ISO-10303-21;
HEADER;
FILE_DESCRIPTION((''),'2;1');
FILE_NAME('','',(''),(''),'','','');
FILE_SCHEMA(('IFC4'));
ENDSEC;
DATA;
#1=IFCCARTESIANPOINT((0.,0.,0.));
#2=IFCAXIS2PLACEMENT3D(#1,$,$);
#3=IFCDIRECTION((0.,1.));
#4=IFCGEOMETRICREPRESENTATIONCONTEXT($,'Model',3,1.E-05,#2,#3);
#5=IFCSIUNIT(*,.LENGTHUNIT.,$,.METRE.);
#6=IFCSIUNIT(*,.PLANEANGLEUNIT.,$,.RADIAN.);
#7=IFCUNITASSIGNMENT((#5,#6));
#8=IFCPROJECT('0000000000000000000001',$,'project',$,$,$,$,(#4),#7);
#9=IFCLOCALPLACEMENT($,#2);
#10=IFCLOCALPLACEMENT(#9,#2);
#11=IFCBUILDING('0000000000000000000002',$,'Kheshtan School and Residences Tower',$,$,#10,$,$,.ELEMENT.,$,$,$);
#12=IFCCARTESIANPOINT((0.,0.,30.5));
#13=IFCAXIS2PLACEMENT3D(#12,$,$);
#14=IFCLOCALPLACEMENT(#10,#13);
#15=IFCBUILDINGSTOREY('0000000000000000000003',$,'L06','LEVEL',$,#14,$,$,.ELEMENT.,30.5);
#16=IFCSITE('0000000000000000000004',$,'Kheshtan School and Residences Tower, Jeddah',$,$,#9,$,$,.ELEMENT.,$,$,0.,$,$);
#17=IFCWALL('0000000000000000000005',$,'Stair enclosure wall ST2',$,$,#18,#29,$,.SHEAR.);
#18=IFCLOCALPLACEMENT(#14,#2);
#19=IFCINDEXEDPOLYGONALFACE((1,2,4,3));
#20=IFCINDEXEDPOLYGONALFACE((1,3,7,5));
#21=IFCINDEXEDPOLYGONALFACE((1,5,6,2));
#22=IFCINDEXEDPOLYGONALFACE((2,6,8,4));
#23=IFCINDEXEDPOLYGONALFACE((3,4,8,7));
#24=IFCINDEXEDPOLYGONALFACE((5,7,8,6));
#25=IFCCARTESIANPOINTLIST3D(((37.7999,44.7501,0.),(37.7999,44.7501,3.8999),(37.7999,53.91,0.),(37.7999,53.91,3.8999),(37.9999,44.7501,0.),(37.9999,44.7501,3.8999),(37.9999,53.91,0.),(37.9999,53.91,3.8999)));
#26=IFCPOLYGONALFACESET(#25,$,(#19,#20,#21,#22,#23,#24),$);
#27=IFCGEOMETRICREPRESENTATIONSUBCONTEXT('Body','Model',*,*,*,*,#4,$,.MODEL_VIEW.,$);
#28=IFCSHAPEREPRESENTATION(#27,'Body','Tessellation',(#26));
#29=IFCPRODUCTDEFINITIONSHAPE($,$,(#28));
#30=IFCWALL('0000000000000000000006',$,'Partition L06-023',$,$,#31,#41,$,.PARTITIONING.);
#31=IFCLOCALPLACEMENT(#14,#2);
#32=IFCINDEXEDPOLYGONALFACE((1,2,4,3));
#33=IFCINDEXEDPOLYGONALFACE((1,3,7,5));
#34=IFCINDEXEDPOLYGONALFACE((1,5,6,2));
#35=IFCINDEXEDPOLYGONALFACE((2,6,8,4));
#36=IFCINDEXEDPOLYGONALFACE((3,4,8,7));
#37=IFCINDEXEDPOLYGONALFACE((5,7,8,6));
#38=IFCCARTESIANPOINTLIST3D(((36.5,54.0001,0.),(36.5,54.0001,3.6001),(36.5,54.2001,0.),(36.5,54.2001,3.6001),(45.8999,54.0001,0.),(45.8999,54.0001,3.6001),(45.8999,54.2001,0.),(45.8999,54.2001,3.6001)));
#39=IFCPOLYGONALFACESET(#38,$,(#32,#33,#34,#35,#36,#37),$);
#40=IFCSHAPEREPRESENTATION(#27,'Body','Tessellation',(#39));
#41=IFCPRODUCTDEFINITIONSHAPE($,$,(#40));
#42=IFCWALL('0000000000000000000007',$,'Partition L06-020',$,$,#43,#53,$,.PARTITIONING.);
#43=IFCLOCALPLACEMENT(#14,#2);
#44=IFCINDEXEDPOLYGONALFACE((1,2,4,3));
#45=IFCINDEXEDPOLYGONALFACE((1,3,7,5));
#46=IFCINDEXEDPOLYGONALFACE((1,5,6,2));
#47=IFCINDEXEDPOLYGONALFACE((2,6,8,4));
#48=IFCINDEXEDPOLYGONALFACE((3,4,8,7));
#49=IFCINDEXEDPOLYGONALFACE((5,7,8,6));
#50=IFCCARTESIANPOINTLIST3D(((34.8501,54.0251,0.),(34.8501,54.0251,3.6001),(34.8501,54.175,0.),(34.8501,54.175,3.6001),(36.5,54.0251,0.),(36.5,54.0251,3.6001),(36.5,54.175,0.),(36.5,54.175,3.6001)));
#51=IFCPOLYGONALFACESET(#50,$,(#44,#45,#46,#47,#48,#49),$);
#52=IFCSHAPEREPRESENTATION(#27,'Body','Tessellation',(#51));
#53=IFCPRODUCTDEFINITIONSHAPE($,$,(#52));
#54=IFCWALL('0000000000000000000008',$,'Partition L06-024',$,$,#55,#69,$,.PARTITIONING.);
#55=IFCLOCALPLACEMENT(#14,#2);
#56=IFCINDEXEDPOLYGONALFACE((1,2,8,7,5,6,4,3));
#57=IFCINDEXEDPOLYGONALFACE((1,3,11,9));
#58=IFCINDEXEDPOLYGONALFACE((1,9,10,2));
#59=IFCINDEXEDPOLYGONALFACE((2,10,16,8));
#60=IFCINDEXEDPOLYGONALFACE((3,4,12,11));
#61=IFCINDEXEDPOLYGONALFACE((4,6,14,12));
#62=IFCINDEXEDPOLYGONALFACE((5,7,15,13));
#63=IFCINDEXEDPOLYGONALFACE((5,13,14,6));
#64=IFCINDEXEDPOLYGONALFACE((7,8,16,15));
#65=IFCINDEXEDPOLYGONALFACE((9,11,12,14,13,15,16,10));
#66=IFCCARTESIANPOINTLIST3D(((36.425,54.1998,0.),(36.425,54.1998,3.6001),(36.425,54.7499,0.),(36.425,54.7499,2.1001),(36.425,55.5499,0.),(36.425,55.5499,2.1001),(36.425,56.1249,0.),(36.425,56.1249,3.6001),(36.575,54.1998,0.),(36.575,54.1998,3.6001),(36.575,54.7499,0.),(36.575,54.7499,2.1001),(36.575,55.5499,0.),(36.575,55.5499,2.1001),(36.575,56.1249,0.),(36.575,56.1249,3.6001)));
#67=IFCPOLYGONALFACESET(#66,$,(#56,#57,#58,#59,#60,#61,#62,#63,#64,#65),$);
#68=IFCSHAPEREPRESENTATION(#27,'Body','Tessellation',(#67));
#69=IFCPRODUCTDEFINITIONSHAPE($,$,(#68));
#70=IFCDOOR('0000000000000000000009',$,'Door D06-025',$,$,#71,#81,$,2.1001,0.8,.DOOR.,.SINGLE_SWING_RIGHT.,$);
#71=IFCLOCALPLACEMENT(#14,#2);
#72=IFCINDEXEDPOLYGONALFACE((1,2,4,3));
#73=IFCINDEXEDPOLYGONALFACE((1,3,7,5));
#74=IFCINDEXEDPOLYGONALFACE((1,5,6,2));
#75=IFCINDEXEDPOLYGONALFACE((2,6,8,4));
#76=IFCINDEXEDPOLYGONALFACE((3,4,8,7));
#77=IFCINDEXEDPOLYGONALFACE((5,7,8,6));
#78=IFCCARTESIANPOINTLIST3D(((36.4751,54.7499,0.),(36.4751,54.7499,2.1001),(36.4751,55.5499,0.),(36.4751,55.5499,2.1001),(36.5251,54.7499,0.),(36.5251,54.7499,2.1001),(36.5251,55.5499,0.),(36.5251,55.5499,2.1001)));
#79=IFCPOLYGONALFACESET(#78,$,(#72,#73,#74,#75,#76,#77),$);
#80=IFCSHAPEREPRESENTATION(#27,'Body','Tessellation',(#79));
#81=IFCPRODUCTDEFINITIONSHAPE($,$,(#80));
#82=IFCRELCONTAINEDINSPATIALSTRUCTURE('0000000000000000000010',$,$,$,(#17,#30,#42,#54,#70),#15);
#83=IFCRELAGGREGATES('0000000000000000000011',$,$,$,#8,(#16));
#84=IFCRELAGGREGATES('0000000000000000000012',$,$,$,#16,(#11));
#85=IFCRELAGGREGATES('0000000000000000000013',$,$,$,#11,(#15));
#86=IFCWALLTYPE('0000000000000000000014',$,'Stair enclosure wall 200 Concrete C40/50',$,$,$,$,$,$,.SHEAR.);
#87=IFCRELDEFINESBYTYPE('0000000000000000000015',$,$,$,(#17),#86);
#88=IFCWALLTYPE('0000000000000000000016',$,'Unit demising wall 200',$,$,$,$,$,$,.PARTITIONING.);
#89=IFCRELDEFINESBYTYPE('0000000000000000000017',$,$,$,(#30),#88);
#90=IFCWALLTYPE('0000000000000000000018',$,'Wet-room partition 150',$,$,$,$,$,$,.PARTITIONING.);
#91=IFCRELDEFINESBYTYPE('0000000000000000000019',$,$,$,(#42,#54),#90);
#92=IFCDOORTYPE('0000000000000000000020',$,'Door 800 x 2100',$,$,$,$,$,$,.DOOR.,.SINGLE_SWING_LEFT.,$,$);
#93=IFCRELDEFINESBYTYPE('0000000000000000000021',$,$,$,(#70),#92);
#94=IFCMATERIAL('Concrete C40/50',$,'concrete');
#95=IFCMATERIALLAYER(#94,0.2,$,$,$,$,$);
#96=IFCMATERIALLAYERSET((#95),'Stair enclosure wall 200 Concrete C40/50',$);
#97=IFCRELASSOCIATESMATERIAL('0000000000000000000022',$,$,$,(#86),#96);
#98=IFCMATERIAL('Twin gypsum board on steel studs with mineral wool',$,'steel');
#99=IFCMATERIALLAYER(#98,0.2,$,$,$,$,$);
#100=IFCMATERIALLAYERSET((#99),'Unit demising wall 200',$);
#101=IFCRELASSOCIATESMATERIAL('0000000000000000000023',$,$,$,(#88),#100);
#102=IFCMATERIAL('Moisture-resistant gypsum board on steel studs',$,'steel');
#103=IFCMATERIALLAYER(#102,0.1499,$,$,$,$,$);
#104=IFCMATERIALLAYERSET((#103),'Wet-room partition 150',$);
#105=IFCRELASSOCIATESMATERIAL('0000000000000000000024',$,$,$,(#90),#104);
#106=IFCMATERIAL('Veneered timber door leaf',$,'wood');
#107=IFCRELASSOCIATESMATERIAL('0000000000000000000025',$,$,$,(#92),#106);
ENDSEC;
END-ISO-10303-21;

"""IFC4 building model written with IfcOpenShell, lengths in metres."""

from ifc_helpers import new_model, si_unit, direction, frame, frame_2d, origin, place, context, subcontext, project, spatial, rectangle, extrude, source, transform, mapped, material, layer, layer_set, type_object, element, fill, save


model = new_model("IFC4")

# Units and contexts
model_context = context("Model", 3, precision=1e-05, world=origin(), true_north=direction((0.0, 1.0)))
body_context = subcontext(model_context, "Body", "Model", "MODEL_VIEW")
ifc_project = project(units=[si_unit("LENGTHUNIT", "METRE"), si_unit("PLANEANGLEUNIT", "RADIAN")], contexts=[model_context])

# Site, building, storey
site_placement = place(None, origin())
site = spatial("IfcSite", under=ifc_project, at=site_placement, Name="Kheshtan School and Residences Tower, Jeddah", CompositionType="ELEMENT", RefElevation=0.0)
building_placement = place(site_placement, origin())
building = spatial("IfcBuilding", under=site, at=building_placement, Name="Kheshtan School and Residences Tower", CompositionType="ELEMENT")
storey_placement = place(building_placement, frame((0.0, 0.0, 30.5)))
storey = spatial("IfcBuildingStorey", under=building, at=storey_placement, Name="L06", Description="LEVEL", CompositionType="ELEMENT", Elevation=30.5)

# Walls
ifc_material_1 = material(Name="Concrete C40/50", Category="concrete")
ifc_layer_1 = layer(ifc_material_1, 0.2)
ifc_layer_set_1 = layer_set([ifc_layer_1], Name="Stair enclosure wall 200 Concrete C40/50")
wall_type_1 = type_object("IfcWallType", Name="Stair enclosure wall 200 Concrete C40/50", PredefinedType="SHEAR", material=ifc_layer_set_1)
wall_1_placement = place(storey_placement, frame((37.8999, 44.75, 0.0), z_axis=(0.0, 0.0, 1.0), x_axis=(0.0, 1.0, 0.0)))
element("IfcWall", 1, at=wall_1_placement, inside=storey, type_object=wall_type_1, Name="Stair enclosure wall ST2", PredefinedType="SHEAR", context=body_context, shape_type="SweptSolid", body=[
    extrude(rectangle(XDim=9.1599, YDim=0.2, at=frame_2d((4.5801, 0.0))), origin(), (0.0, 0.0, 1.0), 3.8999),
])
ifc_material_2 = material(Name="Twin gypsum board on steel studs with mineral wool", Category="steel")
ifc_layer_2 = layer(ifc_material_2, 0.2)
ifc_layer_set_2 = layer_set([ifc_layer_2], Name="Unit demising wall 200")
wall_type_2 = type_object("IfcWallType", Name="Unit demising wall 200", PredefinedType="PARTITIONING", material=ifc_layer_set_2)
wall_2_placement = place(storey_placement, frame((36.5, 54.1001, 0.0), z_axis=(0.0, 0.0, 1.0), x_axis=(1.0, 0.0, 0.0)))
element("IfcWall", 2, at=wall_2_placement, inside=storey, type_object=wall_type_2, Name="Partition L06-023", PredefinedType="PARTITIONING", context=body_context, shape_type="SweptSolid", body=[
    extrude(rectangle(XDim=9.3999, YDim=0.2, at=frame_2d((4.7, 0.0))), origin(), (0.0, 0.0, 1.0), 3.6001),
])
ifc_material_3 = material(Name="Moisture-resistant gypsum board on steel studs", Category="steel")
ifc_layer_3 = layer(ifc_material_3, 0.1499)
ifc_layer_set_3 = layer_set([ifc_layer_3], Name="Wet-room partition 150")
wall_type_3 = type_object("IfcWallType", Name="Wet-room partition 150", PredefinedType="PARTITIONING", material=ifc_layer_set_3)
wall_3_placement = place(storey_placement, frame((34.8501, 54.1001, 0.0), z_axis=(0.0, 0.0, 1.0), x_axis=(1.0, 0.0, 0.0)))
element("IfcWall", 3, at=wall_3_placement, inside=storey, type_object=wall_type_3, Name="Partition L06-020", PredefinedType="PARTITIONING", context=body_context, shape_type="SweptSolid", body=[
    extrude(rectangle(XDim=1.6499, YDim=0.1499, at=frame_2d((0.825, 0.0))), origin(), (0.0, 0.0, 1.0), 3.6001),
])

# Wall, opening, door
wall_4_placement = place(storey_placement, frame((36.5, 54.2, 0.0), z_axis=(0.0, 0.0, 1.0), x_axis=(0.0, 1.0, 0.0)))
wall_4 = element("IfcWall", 4, at=wall_4_placement, inside=storey, type_object=wall_type_3, Name="Partition L06-024", PredefinedType="PARTITIONING", context=body_context, shape_type="SweptSolid", body=[
    extrude(rectangle(XDim=1.925, YDim=0.1499, at=frame_2d((0.9624, 0.0))), origin(), (0.0, 0.0, 1.0), 3.6001),
])
opening_1_placement = place(wall_4_placement, frame((0.55, 0.0, 0.0)))
opening_1 = element("IfcOpeningElement", 5, at=opening_1_placement, cuts=wall_4, PredefinedType="OPENING", context=body_context, shape_type="SweptSolid", body=[
    extrude(rectangle(XDim=0.8, YDim=2.1001, at=frame_2d((0.3999, 1.05))), frame((0.0, 0.085, 0.0), z_axis=(0.0, -1.0, 0.0), x_axis=(1.0, 0.0, 0.0)), (0.0, 0.0, 1.0), 0.1699),
])
ifc_material_4 = material(Name="Veneered timber door leaf", Category="wood")
door_type_1 = type_object("IfcDoorType", Name="Door 800 x 2100", OperationType="SINGLE_SWING_LEFT", PredefinedType="DOOR", material=ifc_material_4)
shared_shape_1 = source(origin(), body_context, "Body", "SweptSolid", [
    extrude(rectangle(XDim=0.8, YDim=2.1001, at=frame_2d((0.3999, 1.05))), frame((0.0, 0.0249, 0.0), z_axis=(0.0, -1.0, 0.0), x_axis=(1.0, 0.0, 0.0)), (0.0, 0.0, 1.0), 0.05),
])
door_1_placement = place(opening_1_placement, origin())
door_1 = element("IfcDoor", 6, at=door_1_placement, inside=storey, type_object=door_type_1, Name="Door D06-025", OperationType="SINGLE_SWING_RIGHT", OverallHeight=2.1001, OverallWidth=0.8, PredefinedType="DOOR", context=body_context, shape_type="MappedRepresentation", body=[
    mapped(shared_shape_1, transform((0.0, 0.0, 0.0), x_axis=(1.0, 0.0, 0.0), y_axis=(0.0, 1.0, 0.0), z_axis=(0.0, 0.0, 1.0), scale=1.0)),
])
fill(opening_1, door_1)

save(model, "model.ifc")
